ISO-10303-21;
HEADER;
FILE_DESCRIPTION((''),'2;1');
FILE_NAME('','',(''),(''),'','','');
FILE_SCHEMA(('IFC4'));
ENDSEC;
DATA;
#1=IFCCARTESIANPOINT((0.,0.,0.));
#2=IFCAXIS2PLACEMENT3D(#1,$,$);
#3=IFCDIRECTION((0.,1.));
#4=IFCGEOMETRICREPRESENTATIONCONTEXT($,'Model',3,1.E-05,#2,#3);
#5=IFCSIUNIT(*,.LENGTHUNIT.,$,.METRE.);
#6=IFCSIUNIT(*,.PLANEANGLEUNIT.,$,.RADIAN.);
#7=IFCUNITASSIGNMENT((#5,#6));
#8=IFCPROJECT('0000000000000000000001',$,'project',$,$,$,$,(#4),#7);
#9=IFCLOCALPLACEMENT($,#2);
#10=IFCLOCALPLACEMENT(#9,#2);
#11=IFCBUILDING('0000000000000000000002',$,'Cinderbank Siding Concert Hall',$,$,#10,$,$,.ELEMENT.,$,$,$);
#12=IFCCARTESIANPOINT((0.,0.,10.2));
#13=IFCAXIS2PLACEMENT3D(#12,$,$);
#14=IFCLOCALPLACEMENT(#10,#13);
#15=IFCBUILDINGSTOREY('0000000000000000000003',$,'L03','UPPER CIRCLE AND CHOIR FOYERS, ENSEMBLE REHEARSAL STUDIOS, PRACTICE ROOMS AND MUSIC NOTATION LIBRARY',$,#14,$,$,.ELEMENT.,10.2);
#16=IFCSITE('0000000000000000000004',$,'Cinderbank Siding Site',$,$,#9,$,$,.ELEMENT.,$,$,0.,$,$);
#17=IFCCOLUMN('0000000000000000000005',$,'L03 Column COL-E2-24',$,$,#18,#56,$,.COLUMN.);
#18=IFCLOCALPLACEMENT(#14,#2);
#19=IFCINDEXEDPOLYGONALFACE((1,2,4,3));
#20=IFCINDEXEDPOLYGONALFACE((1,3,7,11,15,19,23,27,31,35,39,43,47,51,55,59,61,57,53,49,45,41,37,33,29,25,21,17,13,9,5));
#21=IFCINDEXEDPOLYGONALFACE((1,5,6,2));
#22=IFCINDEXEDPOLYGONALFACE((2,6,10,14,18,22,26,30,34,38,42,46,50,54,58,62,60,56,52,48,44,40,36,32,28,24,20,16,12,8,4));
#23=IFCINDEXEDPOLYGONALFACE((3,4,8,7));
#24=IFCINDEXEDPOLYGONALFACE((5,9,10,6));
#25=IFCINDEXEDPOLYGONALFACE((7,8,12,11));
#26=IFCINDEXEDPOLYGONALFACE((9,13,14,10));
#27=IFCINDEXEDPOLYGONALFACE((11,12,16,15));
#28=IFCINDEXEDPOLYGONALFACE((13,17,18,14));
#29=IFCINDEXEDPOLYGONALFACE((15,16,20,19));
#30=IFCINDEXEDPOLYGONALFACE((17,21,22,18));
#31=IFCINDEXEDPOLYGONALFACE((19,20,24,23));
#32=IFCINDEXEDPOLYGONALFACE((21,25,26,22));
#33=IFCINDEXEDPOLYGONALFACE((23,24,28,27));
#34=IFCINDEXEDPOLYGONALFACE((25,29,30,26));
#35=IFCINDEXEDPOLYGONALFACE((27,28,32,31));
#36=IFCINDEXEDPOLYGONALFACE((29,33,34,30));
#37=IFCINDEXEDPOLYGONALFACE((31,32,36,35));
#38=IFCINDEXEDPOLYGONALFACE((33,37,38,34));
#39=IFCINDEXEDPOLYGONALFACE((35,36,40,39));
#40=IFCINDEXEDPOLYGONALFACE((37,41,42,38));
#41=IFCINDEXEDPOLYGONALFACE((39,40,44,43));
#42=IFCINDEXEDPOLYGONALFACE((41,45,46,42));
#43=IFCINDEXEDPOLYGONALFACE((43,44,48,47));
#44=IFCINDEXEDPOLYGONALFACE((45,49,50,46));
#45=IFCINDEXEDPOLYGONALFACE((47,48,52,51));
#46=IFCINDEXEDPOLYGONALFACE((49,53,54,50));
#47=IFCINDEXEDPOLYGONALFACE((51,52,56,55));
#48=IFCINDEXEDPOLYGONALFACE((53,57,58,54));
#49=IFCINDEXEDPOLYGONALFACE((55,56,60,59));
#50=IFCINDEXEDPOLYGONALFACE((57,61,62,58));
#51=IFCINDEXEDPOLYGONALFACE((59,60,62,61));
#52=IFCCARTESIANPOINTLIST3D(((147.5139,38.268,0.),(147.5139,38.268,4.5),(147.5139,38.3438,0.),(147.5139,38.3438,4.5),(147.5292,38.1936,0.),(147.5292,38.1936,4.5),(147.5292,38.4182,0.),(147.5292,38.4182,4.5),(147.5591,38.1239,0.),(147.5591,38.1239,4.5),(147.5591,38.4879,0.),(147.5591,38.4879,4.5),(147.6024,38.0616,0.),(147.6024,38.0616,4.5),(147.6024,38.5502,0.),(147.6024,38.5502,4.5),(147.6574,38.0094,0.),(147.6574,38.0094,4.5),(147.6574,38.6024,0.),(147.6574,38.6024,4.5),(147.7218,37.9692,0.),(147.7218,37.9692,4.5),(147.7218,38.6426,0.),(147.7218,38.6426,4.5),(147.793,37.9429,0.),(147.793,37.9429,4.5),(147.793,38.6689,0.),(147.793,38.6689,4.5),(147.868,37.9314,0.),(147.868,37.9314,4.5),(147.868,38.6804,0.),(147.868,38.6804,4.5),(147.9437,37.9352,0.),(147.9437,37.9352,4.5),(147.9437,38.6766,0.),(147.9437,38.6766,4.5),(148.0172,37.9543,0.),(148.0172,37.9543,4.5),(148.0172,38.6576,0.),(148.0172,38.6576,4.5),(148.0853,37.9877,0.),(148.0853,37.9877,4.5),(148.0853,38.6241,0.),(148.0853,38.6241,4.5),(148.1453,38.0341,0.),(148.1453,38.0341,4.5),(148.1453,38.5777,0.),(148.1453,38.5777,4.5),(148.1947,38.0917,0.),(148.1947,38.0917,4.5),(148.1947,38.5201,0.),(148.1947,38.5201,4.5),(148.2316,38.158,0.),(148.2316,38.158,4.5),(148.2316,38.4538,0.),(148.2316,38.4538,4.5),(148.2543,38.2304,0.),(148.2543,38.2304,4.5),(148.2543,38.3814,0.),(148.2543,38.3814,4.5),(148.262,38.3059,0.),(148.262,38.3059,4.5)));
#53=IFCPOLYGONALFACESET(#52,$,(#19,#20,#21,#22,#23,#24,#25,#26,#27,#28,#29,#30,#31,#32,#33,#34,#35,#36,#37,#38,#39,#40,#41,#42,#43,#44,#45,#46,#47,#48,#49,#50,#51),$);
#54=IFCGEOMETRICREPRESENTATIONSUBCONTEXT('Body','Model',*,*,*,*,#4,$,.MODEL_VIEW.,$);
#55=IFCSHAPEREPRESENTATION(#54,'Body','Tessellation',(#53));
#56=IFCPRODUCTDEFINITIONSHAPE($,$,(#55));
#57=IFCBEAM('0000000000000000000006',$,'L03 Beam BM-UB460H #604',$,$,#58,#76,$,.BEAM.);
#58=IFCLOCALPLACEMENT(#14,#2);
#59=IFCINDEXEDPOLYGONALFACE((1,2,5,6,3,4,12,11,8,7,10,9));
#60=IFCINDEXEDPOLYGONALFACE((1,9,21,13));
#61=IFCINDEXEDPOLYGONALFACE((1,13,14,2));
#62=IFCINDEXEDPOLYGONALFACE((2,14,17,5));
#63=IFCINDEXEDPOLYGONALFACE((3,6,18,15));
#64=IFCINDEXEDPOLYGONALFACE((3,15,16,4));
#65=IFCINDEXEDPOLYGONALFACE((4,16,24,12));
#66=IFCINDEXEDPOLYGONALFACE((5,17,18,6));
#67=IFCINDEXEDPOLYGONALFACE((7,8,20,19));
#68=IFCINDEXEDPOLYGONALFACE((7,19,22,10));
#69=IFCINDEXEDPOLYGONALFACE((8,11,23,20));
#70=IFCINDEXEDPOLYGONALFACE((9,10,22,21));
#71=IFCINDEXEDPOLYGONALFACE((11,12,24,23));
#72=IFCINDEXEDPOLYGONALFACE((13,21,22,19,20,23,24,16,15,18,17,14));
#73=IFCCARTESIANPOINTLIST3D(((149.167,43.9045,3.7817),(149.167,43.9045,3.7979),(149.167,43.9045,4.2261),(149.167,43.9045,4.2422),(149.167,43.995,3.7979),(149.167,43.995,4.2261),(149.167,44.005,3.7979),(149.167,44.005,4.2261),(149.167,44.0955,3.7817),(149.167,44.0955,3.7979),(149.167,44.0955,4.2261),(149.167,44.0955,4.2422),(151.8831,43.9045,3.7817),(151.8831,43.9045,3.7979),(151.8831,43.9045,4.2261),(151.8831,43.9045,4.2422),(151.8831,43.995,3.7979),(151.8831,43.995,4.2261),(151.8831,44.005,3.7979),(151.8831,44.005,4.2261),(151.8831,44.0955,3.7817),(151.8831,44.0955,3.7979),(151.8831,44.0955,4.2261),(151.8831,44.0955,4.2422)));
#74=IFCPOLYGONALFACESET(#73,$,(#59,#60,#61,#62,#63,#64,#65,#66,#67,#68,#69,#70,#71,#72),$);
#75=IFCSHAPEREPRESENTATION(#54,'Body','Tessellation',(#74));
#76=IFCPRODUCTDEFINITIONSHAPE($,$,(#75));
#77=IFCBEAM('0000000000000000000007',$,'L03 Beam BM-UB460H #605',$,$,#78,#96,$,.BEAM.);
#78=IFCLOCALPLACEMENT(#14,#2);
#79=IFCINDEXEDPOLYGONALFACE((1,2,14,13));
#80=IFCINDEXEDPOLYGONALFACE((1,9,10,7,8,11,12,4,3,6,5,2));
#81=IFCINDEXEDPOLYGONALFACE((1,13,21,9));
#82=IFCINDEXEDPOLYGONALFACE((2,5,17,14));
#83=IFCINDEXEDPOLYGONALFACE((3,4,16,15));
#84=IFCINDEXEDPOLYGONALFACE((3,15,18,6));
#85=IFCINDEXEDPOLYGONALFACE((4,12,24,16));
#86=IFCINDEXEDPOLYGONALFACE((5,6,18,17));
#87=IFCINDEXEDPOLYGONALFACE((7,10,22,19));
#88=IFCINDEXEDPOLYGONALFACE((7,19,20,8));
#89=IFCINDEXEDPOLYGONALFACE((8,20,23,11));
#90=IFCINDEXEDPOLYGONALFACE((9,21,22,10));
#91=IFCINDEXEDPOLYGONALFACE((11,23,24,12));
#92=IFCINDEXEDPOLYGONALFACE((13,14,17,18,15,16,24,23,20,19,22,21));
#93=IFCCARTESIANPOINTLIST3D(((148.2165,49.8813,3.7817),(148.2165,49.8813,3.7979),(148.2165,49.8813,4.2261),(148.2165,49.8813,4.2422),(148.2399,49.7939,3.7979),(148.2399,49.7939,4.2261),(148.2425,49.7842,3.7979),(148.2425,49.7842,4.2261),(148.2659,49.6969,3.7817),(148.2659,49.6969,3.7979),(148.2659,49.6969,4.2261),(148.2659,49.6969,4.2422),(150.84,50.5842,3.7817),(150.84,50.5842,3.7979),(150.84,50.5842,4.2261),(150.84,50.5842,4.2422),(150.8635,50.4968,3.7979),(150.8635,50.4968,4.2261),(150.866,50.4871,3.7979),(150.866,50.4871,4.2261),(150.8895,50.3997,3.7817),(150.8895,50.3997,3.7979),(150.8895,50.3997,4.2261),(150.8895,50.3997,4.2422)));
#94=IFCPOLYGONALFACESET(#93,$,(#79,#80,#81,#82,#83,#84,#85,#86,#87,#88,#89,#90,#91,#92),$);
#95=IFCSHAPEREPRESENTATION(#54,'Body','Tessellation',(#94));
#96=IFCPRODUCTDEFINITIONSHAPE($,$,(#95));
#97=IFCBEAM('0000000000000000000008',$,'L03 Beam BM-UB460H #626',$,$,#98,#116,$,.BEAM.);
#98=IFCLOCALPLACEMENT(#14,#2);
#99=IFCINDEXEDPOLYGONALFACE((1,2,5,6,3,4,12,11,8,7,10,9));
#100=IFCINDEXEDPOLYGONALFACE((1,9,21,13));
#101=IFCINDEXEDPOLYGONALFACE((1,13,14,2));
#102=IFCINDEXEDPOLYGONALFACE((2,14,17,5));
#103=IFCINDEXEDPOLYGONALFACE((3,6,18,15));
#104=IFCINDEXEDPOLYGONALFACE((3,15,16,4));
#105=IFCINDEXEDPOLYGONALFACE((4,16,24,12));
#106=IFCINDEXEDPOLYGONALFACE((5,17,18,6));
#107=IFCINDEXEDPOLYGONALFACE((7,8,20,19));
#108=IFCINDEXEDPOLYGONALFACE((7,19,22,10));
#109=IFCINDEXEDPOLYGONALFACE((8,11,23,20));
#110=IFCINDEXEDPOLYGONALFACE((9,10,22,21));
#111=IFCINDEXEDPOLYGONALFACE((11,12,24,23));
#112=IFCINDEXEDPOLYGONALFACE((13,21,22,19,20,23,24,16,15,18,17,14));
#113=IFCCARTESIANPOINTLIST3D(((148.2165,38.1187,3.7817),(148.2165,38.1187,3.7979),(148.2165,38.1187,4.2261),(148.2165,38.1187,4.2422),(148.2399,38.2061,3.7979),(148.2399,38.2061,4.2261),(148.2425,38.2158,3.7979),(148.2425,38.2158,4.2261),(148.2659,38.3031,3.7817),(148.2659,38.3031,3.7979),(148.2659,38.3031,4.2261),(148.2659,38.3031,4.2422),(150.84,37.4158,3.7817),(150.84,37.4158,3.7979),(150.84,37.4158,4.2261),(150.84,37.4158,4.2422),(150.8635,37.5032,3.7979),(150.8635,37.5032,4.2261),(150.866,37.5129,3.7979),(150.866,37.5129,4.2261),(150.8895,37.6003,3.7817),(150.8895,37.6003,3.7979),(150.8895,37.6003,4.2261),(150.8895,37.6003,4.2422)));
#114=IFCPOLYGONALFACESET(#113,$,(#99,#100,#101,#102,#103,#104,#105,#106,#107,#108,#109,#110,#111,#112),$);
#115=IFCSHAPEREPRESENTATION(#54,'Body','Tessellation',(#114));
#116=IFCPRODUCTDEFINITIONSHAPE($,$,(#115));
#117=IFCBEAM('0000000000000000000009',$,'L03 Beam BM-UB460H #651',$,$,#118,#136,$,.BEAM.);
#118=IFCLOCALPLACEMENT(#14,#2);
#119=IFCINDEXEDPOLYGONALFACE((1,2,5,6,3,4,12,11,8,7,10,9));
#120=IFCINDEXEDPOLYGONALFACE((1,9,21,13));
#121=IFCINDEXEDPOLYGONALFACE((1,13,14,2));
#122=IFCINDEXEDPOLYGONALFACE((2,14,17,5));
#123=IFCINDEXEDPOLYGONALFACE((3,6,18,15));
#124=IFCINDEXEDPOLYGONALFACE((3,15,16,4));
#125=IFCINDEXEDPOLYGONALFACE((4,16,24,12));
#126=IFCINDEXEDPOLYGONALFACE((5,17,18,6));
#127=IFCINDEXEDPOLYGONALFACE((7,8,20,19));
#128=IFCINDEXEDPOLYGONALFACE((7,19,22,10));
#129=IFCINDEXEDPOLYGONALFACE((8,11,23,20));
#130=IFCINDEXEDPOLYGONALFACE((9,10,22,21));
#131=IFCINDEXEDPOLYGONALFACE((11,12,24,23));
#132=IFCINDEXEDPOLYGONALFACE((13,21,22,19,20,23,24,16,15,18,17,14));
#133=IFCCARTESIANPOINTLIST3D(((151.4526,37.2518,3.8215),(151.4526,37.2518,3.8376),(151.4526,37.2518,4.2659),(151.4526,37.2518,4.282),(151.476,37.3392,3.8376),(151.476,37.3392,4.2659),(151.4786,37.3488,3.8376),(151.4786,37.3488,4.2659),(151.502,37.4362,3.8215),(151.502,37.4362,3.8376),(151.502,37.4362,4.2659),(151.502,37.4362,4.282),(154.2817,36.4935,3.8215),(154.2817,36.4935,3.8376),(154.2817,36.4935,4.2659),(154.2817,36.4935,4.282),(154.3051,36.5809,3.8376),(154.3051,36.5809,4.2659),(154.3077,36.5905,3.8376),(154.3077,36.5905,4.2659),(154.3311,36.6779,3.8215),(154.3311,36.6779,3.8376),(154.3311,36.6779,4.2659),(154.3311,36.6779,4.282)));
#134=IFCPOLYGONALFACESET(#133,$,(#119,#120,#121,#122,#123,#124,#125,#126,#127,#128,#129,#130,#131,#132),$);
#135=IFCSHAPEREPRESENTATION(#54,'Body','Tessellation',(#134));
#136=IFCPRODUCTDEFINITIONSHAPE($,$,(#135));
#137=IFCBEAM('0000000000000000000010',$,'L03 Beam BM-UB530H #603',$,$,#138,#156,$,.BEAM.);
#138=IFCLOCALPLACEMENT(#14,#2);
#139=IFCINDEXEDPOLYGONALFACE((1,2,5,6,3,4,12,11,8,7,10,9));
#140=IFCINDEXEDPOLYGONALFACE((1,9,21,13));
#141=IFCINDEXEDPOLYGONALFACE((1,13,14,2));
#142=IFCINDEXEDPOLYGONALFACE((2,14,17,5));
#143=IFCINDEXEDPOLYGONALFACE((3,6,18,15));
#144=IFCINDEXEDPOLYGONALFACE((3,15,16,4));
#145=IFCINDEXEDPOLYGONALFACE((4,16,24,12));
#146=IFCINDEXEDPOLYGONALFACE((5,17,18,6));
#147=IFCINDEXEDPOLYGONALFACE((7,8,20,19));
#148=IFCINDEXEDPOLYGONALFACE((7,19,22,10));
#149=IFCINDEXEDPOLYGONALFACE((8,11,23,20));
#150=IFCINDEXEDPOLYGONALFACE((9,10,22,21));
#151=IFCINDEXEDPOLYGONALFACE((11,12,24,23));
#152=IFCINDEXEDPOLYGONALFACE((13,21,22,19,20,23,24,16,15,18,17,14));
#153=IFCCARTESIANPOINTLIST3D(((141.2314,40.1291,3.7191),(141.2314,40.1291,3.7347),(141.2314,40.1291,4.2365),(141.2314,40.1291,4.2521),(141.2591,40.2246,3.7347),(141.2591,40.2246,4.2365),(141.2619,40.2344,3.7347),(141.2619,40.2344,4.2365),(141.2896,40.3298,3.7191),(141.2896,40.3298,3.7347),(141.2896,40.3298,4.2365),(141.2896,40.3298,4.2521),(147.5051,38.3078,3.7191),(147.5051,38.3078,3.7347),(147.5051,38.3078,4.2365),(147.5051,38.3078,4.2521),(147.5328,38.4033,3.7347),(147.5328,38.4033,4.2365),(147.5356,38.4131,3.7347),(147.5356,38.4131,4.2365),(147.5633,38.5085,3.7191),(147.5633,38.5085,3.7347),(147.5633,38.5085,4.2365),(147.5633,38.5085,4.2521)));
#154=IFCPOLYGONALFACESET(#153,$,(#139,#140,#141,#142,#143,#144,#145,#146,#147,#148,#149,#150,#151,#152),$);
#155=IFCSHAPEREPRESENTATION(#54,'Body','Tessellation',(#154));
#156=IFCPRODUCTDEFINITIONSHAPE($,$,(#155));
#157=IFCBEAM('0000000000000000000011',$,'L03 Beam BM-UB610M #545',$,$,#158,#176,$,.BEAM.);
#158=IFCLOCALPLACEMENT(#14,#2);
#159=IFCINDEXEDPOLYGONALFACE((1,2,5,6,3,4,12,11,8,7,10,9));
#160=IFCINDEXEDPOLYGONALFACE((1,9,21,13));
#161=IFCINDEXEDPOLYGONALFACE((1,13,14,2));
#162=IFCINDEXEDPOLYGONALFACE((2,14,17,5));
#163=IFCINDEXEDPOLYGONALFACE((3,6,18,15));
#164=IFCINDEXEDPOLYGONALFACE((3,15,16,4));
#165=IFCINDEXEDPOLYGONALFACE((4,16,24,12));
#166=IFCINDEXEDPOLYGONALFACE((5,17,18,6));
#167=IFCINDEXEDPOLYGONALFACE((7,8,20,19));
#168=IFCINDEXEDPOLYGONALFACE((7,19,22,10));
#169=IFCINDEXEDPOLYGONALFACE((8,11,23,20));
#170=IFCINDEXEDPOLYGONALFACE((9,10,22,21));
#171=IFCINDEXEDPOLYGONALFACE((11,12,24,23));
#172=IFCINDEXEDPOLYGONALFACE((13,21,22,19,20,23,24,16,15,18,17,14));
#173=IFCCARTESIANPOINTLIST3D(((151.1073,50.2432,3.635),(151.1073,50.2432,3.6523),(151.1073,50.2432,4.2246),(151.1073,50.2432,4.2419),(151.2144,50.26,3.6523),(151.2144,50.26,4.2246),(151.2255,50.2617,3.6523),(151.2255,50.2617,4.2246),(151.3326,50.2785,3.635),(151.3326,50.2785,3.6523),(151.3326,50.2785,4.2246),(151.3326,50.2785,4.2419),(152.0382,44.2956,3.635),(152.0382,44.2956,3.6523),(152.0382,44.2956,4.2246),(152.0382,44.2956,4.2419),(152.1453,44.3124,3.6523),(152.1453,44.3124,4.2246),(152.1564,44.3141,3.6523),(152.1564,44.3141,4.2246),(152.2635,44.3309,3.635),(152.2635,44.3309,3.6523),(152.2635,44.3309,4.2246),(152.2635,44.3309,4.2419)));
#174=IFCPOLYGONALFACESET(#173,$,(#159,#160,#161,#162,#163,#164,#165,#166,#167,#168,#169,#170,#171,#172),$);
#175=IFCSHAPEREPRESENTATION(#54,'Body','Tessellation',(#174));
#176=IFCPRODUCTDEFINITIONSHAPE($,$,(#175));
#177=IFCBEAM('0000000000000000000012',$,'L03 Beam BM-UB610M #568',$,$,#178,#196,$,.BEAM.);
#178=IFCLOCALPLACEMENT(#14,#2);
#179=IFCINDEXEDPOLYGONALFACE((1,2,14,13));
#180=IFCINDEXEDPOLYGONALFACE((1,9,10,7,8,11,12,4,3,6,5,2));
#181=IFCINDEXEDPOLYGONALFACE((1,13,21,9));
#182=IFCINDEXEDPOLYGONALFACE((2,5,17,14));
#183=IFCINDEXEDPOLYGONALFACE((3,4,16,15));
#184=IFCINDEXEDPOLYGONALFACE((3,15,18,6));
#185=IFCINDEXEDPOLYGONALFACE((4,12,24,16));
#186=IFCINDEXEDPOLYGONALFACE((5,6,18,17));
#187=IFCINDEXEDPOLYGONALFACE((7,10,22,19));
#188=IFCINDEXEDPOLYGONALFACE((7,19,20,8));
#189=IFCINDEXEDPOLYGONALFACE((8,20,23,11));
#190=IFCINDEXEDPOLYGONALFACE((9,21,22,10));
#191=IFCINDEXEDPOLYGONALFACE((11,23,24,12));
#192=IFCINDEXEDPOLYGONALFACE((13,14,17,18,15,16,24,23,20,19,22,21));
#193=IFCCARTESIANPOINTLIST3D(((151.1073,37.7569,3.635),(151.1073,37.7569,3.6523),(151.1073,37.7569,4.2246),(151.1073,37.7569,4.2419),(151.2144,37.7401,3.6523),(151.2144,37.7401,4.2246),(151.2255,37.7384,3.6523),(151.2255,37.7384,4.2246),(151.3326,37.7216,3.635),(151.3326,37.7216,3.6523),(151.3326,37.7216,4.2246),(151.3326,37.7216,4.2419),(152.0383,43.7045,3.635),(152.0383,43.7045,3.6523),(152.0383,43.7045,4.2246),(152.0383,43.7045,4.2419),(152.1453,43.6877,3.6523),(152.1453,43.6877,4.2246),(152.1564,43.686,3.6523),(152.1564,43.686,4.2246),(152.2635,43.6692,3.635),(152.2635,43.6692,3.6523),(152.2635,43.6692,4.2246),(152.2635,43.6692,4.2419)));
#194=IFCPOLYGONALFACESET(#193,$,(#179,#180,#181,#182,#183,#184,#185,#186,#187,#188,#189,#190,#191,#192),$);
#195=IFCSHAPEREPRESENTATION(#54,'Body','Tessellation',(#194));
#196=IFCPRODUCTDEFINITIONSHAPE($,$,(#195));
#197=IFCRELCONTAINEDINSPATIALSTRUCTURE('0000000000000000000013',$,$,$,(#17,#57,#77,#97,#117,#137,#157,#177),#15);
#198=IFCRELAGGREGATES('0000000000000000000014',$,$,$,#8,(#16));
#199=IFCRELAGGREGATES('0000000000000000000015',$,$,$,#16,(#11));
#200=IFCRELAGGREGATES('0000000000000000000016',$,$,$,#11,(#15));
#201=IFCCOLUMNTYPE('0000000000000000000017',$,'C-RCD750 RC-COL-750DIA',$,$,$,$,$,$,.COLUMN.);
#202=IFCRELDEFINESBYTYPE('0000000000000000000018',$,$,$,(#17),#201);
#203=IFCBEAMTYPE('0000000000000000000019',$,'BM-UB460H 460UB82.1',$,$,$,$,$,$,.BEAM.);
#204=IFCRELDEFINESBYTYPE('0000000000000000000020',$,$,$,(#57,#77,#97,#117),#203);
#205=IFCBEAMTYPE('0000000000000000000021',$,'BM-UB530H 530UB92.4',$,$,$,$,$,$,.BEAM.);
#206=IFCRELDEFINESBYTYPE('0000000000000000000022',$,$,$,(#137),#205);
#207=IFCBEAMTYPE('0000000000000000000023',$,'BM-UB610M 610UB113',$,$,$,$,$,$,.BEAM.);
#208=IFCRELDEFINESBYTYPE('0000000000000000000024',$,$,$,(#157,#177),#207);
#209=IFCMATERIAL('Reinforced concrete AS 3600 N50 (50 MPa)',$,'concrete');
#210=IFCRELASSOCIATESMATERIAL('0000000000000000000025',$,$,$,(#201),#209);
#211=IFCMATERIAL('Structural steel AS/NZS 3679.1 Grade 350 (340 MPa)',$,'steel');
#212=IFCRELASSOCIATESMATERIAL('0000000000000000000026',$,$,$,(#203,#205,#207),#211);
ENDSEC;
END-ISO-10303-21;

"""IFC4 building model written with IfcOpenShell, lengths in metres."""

from ifc_helpers import new_model, si_unit, direction, frame, origin, origin_2d, place, context, subcontext, project, spatial, circle, i_section, extrude, material, material_profile, profile_set, type_object, element, save


model = new_model("IFC4")

# Units and contexts
model_context = context("Model", 3, precision=1e-05, world=origin(), true_north=direction((0.0, 1.0)))
body_context = subcontext(model_context, "Body", "Model", "MODEL_VIEW")
ifc_project = project(units=[si_unit("LENGTHUNIT", "METRE"), si_unit("PLANEANGLEUNIT", "RADIAN")], contexts=[model_context])

# Site, building, storey
site_placement = place(None, origin())
site = spatial("IfcSite", under=ifc_project, at=site_placement, Name="Cinderbank Siding Site", CompositionType="ELEMENT", RefElevation=0.0)
building_placement = place(site_placement, origin())
building = spatial("IfcBuilding", under=site, at=building_placement, Name="Cinderbank Siding Concert Hall", CompositionType="ELEMENT")
storey_placement = place(building_placement, frame((0.0, 0.0, 10.2)))
storey = spatial("IfcBuildingStorey", under=building, at=storey_placement, Name="L03", Description="UPPER CIRCLE AND CHOIR FOYERS, ENSEMBLE REHEARSAL STUDIOS, PRACTICE ROOMS AND MUSIC NOTATION LIBRARY", CompositionType="ELEMENT", Elevation=10.2)

# Column
ifc_material_1 = material(Name="Reinforced concrete AS 3600 N50 (50 MPa)", Category="concrete")
ifc_material_profile_1 = material_profile(ifc_material_1, circle(Radius=0.375, at=origin_2d()), Name="RC-COL-750DIA", Category="LoadBearing")
ifc_profile_set_1 = profile_set([ifc_material_profile_1], Name="Reinforced concrete AS 3600 N50 (50 MPa)")
column_type_1 = type_object("IfcColumnType", Name="C-RCD750 RC-COL-750DIA", PredefinedType="COLUMN", material=ifc_profile_set_1)
for number, where, z_axis, x_axis, name in (
    (1, (147.887, 38.3059, 0.0), (0.0, 0.0, 1.0), (1.0, 0.0, 0.0), "L03 Column COL-E2-24"),
):
    element("IfcColumn", number, at=place(storey_placement, frame(where, z_axis=z_axis, x_axis=x_axis)), inside=storey, type_object=column_type_1, Name=name, PredefinedType="COLUMN", context=body_context, shape_type="SweptSolid", body=[
        extrude(circle(Radius=0.375, at=origin_2d()), origin(), (0.0, 0.0, 1.0), 4.5),
    ])

# Beams
ifc_material_2 = material(Name="Structural steel AS/NZS 3679.1 Grade 350 (340 MPa)", Category="steel")
ifc_material_profile_2 = material_profile(ifc_material_2, i_section(OverallWidth=0.1909, OverallDepth=0.4604, WebThickness=0.01, FlangeThickness=0.0161, at=origin_2d()), Name="460UB82.1", Category="LoadBearing")
ifc_profile_set_2 = profile_set([ifc_material_profile_2], Name="Structural steel AS/NZS 3679.1 Grade 350 (340 MPa)")
beam_type_1 = type_object("IfcBeamType", Name="BM-UB460H 460UB82.1", PredefinedType="BEAM", material=ifc_profile_set_2)
for number, where, z_axis, x_axis, name in (
    (2, (149.167, 44.0, 4.012), (1.0, 0.0, 0.0), (0.0, 1.0, 0.0), "L03 Beam BM-UB460H #604"),
    (3, (148.2412, 49.7891, 4.012), (0.965934, 0.258787, 0.0), (-0.258787, 0.965934, 0.0), "L03 Beam BM-UB460H #605"),
    (4, (148.2412, 38.2109, 4.012), (0.965934, -0.258787, 0.0), (0.258787, 0.965934, 0.0), "L03 Beam BM-UB460H #626"),
):
    element("IfcBeam", number, at=place(storey_placement, frame(where, z_axis=z_axis, x_axis=x_axis)), inside=storey, type_object=beam_type_1, Name=name, PredefinedType="BEAM", context=body_context, shape_type="SweptSolid", body=[
        extrude(i_section(OverallWidth=0.1909, OverallDepth=0.4604, WebThickness=0.01, FlangeThickness=0.0161, at=origin_2d()), origin(), (0.0, 0.0, 1.0), 2.7161),
    ])
beam_1_placement = place(storey_placement, frame((151.4773, 37.344, 4.0518), z_axis=(0.965905, -0.258897, 0.0), x_axis=(0.258897, 0.965905, 0.0)))
element("IfcBeam", 5, at=beam_1_placement, inside=storey, type_object=beam_type_1, Name="L03 Beam BM-UB460H #651", PredefinedType="BEAM", context=body_context, shape_type="SweptSolid", body=[
    extrude(i_section(OverallWidth=0.1909, OverallDepth=0.4604, WebThickness=0.01, FlangeThickness=0.0161, at=origin_2d()), origin(), (0.0, 0.0, 1.0), 2.929),
])
ifc_material_profile_3 = material_profile(ifc_material_2, i_section(OverallWidth=0.209, OverallDepth=0.533, WebThickness=0.0103, FlangeThickness=0.0156, at=origin_2d()), Name="530UB92.4", Category="LoadBearing")
ifc_profile_set_3 = profile_set([ifc_material_profile_3], Name="Structural steel AS/NZS 3679.1 Grade 350 (340 MPa)")
beam_type_2 = type_object("IfcBeamType", Name="BM-UB530H 530UB92.4", PredefinedType="BEAM", material=ifc_profile_set_3)
beam_2_placement = place(storey_placement, frame((141.2605, 40.2295, 3.9856), z_axis=(0.96035, -0.278796, 0.0), x_axis=(0.278796, 0.96035, 0.0)))
element("IfcBeam", 6, at=beam_2_placement, inside=storey, type_object=beam_type_2, Name="L03 Beam BM-UB530H #603", PredefinedType="BEAM", context=body_context, shape_type="SweptSolid", body=[
    extrude(i_section(OverallWidth=0.209, OverallDepth=0.533, WebThickness=0.0103, FlangeThickness=0.0156, at=origin_2d()), origin(), (0.0, 0.0, 1.0), 6.5327),
])
ifc_material_profile_4 = material_profile(ifc_material_2, i_section(OverallWidth=0.228, OverallDepth=0.6069, WebThickness=0.0112, FlangeThickness=0.0173, at=origin_2d()), Name="610UB113", Category="LoadBearing")
ifc_profile_set_4 = profile_set([ifc_material_profile_4], Name="Structural steel AS/NZS 3679.1 Grade 350 (340 MPa)")
beam_type_3 = type_object("IfcBeamType", Name="BM-UB610M 610UB113", PredefinedType="BEAM", material=ifc_profile_set_4)
for number, where, z_axis, x_axis, name in (
    (7, (152.1509, 44.3132, 3.9385), (-0.154638, 0.987971, 0.0), (-0.987971, -0.154638, 0.0), "L03 Beam BM-UB610M #545"),
    (8, (151.22, 37.7393, 3.9385), (0.154638, 0.987971, 0.0), (-0.987971, 0.154638, 0.0), "L03 Beam BM-UB610M #568"),
):
    element("IfcBeam", number, at=place(storey_placement, frame(where, z_axis=z_axis, x_axis=x_axis)), inside=storey, type_object=beam_type_3, Name=name, PredefinedType="BEAM", context=body_context, shape_type="SweptSolid", body=[
        extrude(i_section(OverallWidth=0.228, OverallDepth=0.6069, WebThickness=0.0112, FlangeThickness=0.0173, at=origin_2d()), origin(), (0.0, 0.0, 1.0), 6.02),
    ])

save(model, "model.ifc")
